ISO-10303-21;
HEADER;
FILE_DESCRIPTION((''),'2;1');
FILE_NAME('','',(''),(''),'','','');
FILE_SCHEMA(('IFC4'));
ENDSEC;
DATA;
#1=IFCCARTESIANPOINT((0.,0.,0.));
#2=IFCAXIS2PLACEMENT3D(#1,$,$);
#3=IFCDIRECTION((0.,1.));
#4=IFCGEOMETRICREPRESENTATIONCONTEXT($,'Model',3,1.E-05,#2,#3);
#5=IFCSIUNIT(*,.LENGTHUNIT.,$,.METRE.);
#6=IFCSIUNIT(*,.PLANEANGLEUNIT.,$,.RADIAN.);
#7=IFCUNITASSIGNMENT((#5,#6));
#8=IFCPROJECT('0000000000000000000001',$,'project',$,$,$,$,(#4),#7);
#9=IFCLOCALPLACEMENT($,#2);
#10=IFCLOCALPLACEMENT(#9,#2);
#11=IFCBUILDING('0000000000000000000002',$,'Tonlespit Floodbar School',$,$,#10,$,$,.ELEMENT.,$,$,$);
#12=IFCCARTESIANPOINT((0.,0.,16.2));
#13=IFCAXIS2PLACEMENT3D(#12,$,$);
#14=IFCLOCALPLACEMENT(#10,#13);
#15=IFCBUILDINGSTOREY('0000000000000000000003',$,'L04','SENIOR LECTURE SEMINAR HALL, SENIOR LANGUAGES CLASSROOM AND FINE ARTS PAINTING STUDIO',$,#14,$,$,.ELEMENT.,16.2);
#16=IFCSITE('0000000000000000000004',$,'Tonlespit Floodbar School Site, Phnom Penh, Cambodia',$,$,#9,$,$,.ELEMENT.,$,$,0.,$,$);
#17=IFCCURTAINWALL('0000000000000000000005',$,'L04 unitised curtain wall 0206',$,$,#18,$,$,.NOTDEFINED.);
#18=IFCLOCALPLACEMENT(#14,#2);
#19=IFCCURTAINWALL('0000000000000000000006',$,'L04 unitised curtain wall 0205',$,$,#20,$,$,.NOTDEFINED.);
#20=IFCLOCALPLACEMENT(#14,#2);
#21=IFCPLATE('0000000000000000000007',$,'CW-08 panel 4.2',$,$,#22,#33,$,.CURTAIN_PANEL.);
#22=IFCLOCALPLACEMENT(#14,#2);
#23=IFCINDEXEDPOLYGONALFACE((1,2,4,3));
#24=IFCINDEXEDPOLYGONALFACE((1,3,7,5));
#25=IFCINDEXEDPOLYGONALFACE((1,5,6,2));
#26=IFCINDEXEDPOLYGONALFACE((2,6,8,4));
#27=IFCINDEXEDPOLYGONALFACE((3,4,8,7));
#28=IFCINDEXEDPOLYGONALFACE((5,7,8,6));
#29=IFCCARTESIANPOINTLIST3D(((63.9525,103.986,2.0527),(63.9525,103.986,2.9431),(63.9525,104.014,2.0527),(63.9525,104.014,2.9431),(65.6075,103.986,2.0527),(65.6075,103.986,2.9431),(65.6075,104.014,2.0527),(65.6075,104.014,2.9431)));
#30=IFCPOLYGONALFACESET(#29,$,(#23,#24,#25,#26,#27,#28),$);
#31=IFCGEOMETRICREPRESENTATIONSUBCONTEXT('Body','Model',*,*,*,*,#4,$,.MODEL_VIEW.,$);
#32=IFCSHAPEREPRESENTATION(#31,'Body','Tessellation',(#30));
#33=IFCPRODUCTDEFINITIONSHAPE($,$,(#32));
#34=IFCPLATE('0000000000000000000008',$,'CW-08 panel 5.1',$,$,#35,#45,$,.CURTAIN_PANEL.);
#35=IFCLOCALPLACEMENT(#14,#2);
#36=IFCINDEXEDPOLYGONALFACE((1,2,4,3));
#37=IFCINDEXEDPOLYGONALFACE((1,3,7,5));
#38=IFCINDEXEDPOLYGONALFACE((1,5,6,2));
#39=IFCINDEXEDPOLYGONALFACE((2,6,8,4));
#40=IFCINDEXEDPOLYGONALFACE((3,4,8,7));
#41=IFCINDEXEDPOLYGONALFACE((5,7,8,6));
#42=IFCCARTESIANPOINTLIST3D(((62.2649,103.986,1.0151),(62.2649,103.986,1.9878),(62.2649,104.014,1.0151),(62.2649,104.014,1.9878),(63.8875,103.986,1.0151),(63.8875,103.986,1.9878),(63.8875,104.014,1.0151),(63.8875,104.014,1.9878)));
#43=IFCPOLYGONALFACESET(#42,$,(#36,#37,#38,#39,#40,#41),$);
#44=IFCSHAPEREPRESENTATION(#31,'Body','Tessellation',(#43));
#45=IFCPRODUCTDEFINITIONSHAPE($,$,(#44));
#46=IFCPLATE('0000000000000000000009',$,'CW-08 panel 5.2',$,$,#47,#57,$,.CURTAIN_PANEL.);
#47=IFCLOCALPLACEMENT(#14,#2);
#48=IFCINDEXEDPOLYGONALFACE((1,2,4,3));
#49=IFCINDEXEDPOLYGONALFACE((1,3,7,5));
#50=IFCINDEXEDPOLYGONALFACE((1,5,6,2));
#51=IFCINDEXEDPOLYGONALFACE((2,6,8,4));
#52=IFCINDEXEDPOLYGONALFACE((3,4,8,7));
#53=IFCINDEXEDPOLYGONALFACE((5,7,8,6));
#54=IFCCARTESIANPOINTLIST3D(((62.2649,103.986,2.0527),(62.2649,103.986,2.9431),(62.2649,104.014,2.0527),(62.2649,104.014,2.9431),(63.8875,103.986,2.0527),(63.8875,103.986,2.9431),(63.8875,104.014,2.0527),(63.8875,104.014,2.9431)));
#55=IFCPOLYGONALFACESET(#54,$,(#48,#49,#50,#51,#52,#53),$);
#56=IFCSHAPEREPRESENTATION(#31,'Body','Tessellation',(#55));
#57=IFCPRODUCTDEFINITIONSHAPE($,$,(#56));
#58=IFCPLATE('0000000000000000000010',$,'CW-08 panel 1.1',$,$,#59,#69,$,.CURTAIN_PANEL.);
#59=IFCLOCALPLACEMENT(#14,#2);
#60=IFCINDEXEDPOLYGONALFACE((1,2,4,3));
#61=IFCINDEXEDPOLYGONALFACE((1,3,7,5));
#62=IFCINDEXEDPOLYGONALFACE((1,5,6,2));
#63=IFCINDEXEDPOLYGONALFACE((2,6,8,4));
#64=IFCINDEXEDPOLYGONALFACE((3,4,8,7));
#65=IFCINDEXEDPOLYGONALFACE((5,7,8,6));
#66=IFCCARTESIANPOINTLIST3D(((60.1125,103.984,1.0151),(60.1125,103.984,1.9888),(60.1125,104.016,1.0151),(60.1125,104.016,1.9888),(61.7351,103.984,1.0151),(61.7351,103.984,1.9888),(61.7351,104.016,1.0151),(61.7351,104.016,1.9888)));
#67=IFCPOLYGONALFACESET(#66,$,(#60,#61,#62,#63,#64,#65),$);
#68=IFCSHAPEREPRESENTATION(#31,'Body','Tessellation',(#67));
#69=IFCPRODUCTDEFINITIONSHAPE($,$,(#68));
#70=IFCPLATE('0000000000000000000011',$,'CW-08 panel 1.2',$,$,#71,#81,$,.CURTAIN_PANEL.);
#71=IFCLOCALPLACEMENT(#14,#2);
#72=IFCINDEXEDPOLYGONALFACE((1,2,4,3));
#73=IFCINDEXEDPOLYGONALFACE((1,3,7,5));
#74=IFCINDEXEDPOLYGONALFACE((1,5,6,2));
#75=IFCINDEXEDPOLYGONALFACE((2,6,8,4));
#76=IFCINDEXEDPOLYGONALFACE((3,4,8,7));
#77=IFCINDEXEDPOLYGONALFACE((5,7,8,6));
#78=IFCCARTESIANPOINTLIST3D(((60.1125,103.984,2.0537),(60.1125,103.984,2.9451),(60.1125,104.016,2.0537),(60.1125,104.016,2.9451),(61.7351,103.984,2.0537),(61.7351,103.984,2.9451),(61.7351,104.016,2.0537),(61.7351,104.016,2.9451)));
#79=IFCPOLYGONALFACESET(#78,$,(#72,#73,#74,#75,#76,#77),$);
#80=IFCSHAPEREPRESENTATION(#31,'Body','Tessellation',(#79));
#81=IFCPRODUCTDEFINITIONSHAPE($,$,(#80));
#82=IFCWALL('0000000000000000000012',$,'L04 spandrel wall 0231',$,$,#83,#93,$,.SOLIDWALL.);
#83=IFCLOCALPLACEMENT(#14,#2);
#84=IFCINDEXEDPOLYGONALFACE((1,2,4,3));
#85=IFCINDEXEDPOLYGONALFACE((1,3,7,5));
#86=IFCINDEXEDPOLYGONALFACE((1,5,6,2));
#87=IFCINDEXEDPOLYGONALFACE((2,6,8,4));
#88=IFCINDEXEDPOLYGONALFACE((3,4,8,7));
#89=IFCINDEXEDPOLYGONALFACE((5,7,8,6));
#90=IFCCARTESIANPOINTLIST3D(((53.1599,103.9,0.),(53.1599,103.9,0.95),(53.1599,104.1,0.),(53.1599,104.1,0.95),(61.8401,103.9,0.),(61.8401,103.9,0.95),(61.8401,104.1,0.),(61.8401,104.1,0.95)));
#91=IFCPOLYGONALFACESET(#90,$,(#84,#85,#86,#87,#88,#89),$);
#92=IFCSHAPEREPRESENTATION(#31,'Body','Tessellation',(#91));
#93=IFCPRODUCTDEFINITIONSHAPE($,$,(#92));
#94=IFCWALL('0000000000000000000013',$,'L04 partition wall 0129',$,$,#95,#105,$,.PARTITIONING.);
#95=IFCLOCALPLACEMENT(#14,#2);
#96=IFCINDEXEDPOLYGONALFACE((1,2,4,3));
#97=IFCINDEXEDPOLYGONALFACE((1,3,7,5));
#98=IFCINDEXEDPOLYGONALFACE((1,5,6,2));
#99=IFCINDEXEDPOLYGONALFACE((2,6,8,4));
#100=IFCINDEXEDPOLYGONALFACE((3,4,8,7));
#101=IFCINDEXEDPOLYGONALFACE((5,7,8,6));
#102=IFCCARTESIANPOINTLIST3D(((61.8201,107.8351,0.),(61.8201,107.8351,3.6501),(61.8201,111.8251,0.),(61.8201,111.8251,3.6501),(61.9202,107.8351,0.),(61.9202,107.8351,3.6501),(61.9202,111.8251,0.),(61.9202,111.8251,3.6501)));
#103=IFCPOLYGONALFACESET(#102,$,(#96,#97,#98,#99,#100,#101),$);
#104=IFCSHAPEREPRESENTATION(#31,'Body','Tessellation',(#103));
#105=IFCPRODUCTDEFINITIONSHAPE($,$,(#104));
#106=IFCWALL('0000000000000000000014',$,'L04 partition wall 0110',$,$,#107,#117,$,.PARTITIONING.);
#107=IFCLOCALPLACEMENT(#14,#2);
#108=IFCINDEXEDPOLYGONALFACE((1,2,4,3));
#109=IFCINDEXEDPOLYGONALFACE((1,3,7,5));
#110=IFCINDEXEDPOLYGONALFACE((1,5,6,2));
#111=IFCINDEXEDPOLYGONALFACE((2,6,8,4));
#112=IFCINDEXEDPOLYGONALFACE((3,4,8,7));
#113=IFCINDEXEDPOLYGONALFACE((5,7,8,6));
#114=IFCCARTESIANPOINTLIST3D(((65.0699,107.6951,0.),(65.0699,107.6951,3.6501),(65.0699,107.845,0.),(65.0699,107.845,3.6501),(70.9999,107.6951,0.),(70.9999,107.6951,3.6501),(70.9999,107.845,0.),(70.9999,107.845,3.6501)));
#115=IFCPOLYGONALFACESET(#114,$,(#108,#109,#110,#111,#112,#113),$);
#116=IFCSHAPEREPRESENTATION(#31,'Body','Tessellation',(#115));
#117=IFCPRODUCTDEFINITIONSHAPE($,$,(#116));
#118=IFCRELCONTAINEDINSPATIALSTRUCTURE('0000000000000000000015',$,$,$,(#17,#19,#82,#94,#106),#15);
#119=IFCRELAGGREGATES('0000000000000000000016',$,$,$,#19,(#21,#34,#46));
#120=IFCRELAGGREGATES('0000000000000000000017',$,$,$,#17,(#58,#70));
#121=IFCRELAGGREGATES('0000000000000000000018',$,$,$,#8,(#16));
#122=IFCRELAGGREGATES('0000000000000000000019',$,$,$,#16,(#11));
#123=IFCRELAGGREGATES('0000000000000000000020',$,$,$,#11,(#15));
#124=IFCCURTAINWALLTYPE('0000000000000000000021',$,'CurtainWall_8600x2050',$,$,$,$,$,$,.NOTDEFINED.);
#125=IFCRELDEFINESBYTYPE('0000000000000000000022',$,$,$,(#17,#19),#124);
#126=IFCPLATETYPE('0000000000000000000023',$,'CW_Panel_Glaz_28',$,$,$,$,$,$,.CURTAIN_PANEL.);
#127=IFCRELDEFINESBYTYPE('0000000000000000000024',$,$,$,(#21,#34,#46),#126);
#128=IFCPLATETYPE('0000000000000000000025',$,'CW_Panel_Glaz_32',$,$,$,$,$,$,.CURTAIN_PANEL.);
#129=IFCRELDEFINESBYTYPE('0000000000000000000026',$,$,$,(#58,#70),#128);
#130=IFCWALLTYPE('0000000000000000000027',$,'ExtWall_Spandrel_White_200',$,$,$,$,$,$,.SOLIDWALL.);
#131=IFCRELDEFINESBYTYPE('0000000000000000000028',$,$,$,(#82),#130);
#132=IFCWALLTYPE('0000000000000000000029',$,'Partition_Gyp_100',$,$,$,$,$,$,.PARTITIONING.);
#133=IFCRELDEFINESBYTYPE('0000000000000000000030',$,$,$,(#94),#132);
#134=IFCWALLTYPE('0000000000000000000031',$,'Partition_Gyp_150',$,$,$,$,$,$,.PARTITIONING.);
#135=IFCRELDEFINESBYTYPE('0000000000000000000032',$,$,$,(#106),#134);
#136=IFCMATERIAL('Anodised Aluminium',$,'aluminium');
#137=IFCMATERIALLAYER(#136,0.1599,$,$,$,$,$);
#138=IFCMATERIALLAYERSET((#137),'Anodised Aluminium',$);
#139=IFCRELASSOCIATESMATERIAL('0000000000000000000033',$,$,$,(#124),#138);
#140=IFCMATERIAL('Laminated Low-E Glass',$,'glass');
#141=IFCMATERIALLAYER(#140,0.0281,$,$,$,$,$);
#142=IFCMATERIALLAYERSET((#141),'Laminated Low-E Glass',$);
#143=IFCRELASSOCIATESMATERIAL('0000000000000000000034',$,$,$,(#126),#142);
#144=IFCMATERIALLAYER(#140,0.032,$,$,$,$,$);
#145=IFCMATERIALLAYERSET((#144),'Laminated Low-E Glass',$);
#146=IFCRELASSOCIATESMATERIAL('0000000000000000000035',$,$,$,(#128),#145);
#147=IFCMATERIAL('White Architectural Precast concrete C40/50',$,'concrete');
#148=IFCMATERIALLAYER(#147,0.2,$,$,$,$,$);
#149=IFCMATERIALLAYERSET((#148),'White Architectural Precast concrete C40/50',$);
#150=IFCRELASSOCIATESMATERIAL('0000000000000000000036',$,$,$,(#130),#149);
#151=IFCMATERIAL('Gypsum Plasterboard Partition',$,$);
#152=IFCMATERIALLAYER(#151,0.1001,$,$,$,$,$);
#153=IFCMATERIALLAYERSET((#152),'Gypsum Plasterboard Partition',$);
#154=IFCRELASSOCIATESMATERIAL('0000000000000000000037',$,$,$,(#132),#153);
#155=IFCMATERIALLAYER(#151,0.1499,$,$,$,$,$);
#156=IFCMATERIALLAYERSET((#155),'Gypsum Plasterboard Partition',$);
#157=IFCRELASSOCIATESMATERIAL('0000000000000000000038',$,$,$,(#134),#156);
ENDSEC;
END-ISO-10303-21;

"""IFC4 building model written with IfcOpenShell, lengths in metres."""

from ifc_helpers import new_model, si_unit, direction, frame, frame_2d, origin, origin_2d, place, context, subcontext, project, spatial, rectangle, extrude, material, layer, layer_set, type_object, element, aggregate, save


model = new_model("IFC4")

# Units and contexts
model_context = context("Model", 3, precision=1e-05, world=origin(), true_north=direction((0.0, 1.0)))
body_context = subcontext(model_context, "Body", "Model", "MODEL_VIEW")
ifc_project = project(units=[si_unit("LENGTHUNIT", "METRE"), si_unit("PLANEANGLEUNIT", "RADIAN")], contexts=[model_context])

# Site, building, storey
site_placement = place(None, origin())
site = spatial("IfcSite", under=ifc_project, at=site_placement, Name="Tonlespit Floodbar School Site, Phnom Penh, Cambodia", CompositionType="ELEMENT", RefElevation=0.0)
building_placement = place(site_placement, origin())
building = spatial("IfcBuilding", under=site, at=building_placement, Name="Tonlespit Floodbar School", CompositionType="ELEMENT")
storey_placement = place(building_placement, frame((0.0, 0.0, 16.2)))
storey = spatial("IfcBuildingStorey", under=building, at=storey_placement, Name="L04", Description="SENIOR LECTURE SEMINAR HALL, SENIOR LANGUAGES CLASSROOM AND FINE ARTS PAINTING STUDIO", CompositionType="ELEMENT", Elevation=16.2)

# Curtain walls
ifc_material_1 = material(Name="Anodised Aluminium", Category="aluminium")
ifc_layer_1 = layer(ifc_material_1, 0.1599)
ifc_layer_set_1 = layer_set([ifc_layer_1], Name="Anodised Aluminium")
curtain_wall_type = type_object("IfcCurtainWallType", Name="CurtainWall_8600x2050", PredefinedType="NOTDEFINED", material=ifc_layer_set_1)
curtain_wall_1_placement = place(storey_placement, origin())
curtain_wall_1 = element("IfcCurtainWall", 1, at=curtain_wall_1_placement, inside=storey, type_object=curtain_wall_type, Name="L04 unitised curtain wall 0206", PredefinedType="NOTDEFINED")
curtain_wall_2_placement = place(storey_placement, origin())
curtain_wall_2 = element("IfcCurtainWall", 2, at=curtain_wall_2_placement, inside=storey, type_object=curtain_wall_type, Name="L04 unitised curtain wall 0205", PredefinedType="NOTDEFINED")

# Plates
ifc_material_2 = material(Name="Laminated Low-E Glass", Category="glass")
ifc_layer_2 = layer(ifc_material_2, 0.0281)
ifc_layer_set_2 = layer_set([ifc_layer_2], Name="Laminated Low-E Glass")
plate_type_1 = type_object("IfcPlateType", Name="CW_Panel_Glaz_28", PredefinedType="CURTAIN_PANEL", material=ifc_layer_set_2)
plate_1_placement = place(storey_placement, frame((64.78, 104.0, 2.0527), z_axis=(0.0, 0.0, 1.0), x_axis=(-1.0, 0.0, 0.0)))
plate_1 = element("IfcPlate", 3, at=plate_1_placement, type_object=plate_type_1, Name="CW-08 panel 4.2", PredefinedType="CURTAIN_PANEL", context=body_context, shape_type="SweptSolid", body=[
    extrude(rectangle(XDim=1.655, YDim=0.0281, at=origin_2d()), origin(), (0.0, 0.0, 1.0), 0.8904),
])
plate_2_placement = place(storey_placement, frame((63.0762, 104.0, 1.0151), z_axis=(0.0, 0.0, 1.0), x_axis=(-1.0, 0.0, 0.0)))
plate_2 = element("IfcPlate", 4, at=plate_2_placement, type_object=plate_type_1, Name="CW-08 panel 5.1", PredefinedType="CURTAIN_PANEL", context=body_context, shape_type="SweptSolid", body=[
    extrude(rectangle(XDim=1.6226, YDim=0.0281, at=origin_2d()), origin(), (0.0, 0.0, 1.0), 0.9727),
])
plate_3_placement = place(storey_placement, frame((63.0762, 104.0, 2.0527), z_axis=(0.0, 0.0, 1.0), x_axis=(-1.0, 0.0, 0.0)))
plate_3 = element("IfcPlate", 5, at=plate_3_placement, type_object=plate_type_1, Name="CW-08 panel 5.2", PredefinedType="CURTAIN_PANEL", context=body_context, shape_type="SweptSolid", body=[
    extrude(rectangle(XDim=1.6226, YDim=0.0281, at=origin_2d()), origin(), (0.0, 0.0, 1.0), 0.8904),
])
aggregate(curtain_wall_2, [plate_1, plate_2, plate_3])
ifc_layer_3 = layer(ifc_material_2, 0.032)
ifc_layer_set_3 = layer_set([ifc_layer_3], Name="Laminated Low-E Glass")
plate_type_2 = type_object("IfcPlateType", Name="CW_Panel_Glaz_32", PredefinedType="CURTAIN_PANEL", material=ifc_layer_set_3)
plate_4_placement = place(storey_placement, frame((60.9238, 104.0, 1.0151), z_axis=(0.0, 0.0, 1.0), x_axis=(-1.0, 0.0, 0.0)))
plate_4 = element("IfcPlate", 6, at=plate_4_placement, type_object=plate_type_2, Name="CW-08 panel 1.1", PredefinedType="CURTAIN_PANEL", context=body_context, shape_type="SweptSolid", body=[
    extrude(rectangle(XDim=1.6226, YDim=0.032, at=origin_2d()), origin(), (0.0, 0.0, 1.0), 0.9736),
])
plate_5_placement = place(storey_placement, frame((60.9238, 104.0, 2.0537), z_axis=(0.0, 0.0, 1.0), x_axis=(-1.0, 0.0, 0.0)))
plate_5 = element("IfcPlate", 7, at=plate_5_placement, type_object=plate_type_2, Name="CW-08 panel 1.2", PredefinedType="CURTAIN_PANEL", context=body_context, shape_type="SweptSolid", body=[
    extrude(rectangle(XDim=1.6226, YDim=0.032, at=origin_2d()), origin(), (0.0, 0.0, 1.0), 0.8914),
])
aggregate(curtain_wall_1, [plate_4, plate_5])

# Wall
ifc_material_3 = material(Name="White Architectural Precast concrete C40/50", Category="concrete")
ifc_layer_4 = layer(ifc_material_3, 0.2)
ifc_layer_set_4 = layer_set([ifc_layer_4], Name="White Architectural Precast concrete C40/50")
wall_type_1 = type_object("IfcWallType", Name="ExtWall_Spandrel_White_200", PredefinedType="SOLIDWALL", material=ifc_layer_set_4)
wall_1_placement = place(storey_placement, frame((61.8401, 104.0, 0.0), z_axis=(0.0, 0.0, 1.0), x_axis=(-1.0, 0.0, 0.0)))
element("IfcWall", 8, at=wall_1_placement, inside=storey, type_object=wall_type_1, Name="L04 spandrel wall 0231", PredefinedType="SOLIDWALL", context=body_context, shape_type="SweptSolid", body=[
    extrude(rectangle(XDim=8.6802, YDim=0.2, at=frame_2d((4.3401, 0.0))), origin(), (0.0, 0.0, 1.0), 0.95),
])

# Shared definitions
ifc_material_4 = material(Name="Gypsum Plasterboard Partition")
ifc_layer_5 = layer(ifc_material_4, 0.1001)
ifc_layer_set_5 = layer_set([ifc_layer_5], Name="Gypsum Plasterboard Partition")
wall_type_2 = type_object("IfcWallType", Name="Partition_Gyp_100", PredefinedType="PARTITIONING", material=ifc_layer_set_5)

# Walls
wall_2_placement = place(storey_placement, frame((61.8701, 107.835, 0.0), z_axis=(0.0, 0.0, 1.0), x_axis=(0.0, 1.0, 0.0)))
element("IfcWall", 9, at=wall_2_placement, inside=storey, type_object=wall_type_2, Name="L04 partition wall 0129", PredefinedType="PARTITIONING", context=body_context, shape_type="SweptSolid", body=[
    extrude(rectangle(XDim=3.99, YDim=0.1001, at=frame_2d((1.9951, 0.0))), origin(), (0.0, 0.0, 1.0), 3.6501),
])
ifc_layer_6 = layer(ifc_material_4, 0.1499)
ifc_layer_set_6 = layer_set([ifc_layer_6], Name="Gypsum Plasterboard Partition")
wall_type_3 = type_object("IfcWallType", Name="Partition_Gyp_150", PredefinedType="PARTITIONING", material=ifc_layer_set_6)
wall_3_placement = place(storey_placement, frame((65.0701, 107.77, 0.0), z_axis=(0.0, 0.0, 1.0), x_axis=(1.0, 0.0, 0.0)))
element("IfcWall", 10, at=wall_3_placement, inside=storey, type_object=wall_type_3, Name="L04 partition wall 0110", PredefinedType="PARTITIONING", context=body_context, shape_type="SweptSolid", body=[
    extrude(rectangle(XDim=5.9299, YDim=0.1499, at=frame_2d((2.9648, 0.0))), origin(), (0.0, 0.0, 1.0), 3.6501),
])

save(model, "model.ifc")
